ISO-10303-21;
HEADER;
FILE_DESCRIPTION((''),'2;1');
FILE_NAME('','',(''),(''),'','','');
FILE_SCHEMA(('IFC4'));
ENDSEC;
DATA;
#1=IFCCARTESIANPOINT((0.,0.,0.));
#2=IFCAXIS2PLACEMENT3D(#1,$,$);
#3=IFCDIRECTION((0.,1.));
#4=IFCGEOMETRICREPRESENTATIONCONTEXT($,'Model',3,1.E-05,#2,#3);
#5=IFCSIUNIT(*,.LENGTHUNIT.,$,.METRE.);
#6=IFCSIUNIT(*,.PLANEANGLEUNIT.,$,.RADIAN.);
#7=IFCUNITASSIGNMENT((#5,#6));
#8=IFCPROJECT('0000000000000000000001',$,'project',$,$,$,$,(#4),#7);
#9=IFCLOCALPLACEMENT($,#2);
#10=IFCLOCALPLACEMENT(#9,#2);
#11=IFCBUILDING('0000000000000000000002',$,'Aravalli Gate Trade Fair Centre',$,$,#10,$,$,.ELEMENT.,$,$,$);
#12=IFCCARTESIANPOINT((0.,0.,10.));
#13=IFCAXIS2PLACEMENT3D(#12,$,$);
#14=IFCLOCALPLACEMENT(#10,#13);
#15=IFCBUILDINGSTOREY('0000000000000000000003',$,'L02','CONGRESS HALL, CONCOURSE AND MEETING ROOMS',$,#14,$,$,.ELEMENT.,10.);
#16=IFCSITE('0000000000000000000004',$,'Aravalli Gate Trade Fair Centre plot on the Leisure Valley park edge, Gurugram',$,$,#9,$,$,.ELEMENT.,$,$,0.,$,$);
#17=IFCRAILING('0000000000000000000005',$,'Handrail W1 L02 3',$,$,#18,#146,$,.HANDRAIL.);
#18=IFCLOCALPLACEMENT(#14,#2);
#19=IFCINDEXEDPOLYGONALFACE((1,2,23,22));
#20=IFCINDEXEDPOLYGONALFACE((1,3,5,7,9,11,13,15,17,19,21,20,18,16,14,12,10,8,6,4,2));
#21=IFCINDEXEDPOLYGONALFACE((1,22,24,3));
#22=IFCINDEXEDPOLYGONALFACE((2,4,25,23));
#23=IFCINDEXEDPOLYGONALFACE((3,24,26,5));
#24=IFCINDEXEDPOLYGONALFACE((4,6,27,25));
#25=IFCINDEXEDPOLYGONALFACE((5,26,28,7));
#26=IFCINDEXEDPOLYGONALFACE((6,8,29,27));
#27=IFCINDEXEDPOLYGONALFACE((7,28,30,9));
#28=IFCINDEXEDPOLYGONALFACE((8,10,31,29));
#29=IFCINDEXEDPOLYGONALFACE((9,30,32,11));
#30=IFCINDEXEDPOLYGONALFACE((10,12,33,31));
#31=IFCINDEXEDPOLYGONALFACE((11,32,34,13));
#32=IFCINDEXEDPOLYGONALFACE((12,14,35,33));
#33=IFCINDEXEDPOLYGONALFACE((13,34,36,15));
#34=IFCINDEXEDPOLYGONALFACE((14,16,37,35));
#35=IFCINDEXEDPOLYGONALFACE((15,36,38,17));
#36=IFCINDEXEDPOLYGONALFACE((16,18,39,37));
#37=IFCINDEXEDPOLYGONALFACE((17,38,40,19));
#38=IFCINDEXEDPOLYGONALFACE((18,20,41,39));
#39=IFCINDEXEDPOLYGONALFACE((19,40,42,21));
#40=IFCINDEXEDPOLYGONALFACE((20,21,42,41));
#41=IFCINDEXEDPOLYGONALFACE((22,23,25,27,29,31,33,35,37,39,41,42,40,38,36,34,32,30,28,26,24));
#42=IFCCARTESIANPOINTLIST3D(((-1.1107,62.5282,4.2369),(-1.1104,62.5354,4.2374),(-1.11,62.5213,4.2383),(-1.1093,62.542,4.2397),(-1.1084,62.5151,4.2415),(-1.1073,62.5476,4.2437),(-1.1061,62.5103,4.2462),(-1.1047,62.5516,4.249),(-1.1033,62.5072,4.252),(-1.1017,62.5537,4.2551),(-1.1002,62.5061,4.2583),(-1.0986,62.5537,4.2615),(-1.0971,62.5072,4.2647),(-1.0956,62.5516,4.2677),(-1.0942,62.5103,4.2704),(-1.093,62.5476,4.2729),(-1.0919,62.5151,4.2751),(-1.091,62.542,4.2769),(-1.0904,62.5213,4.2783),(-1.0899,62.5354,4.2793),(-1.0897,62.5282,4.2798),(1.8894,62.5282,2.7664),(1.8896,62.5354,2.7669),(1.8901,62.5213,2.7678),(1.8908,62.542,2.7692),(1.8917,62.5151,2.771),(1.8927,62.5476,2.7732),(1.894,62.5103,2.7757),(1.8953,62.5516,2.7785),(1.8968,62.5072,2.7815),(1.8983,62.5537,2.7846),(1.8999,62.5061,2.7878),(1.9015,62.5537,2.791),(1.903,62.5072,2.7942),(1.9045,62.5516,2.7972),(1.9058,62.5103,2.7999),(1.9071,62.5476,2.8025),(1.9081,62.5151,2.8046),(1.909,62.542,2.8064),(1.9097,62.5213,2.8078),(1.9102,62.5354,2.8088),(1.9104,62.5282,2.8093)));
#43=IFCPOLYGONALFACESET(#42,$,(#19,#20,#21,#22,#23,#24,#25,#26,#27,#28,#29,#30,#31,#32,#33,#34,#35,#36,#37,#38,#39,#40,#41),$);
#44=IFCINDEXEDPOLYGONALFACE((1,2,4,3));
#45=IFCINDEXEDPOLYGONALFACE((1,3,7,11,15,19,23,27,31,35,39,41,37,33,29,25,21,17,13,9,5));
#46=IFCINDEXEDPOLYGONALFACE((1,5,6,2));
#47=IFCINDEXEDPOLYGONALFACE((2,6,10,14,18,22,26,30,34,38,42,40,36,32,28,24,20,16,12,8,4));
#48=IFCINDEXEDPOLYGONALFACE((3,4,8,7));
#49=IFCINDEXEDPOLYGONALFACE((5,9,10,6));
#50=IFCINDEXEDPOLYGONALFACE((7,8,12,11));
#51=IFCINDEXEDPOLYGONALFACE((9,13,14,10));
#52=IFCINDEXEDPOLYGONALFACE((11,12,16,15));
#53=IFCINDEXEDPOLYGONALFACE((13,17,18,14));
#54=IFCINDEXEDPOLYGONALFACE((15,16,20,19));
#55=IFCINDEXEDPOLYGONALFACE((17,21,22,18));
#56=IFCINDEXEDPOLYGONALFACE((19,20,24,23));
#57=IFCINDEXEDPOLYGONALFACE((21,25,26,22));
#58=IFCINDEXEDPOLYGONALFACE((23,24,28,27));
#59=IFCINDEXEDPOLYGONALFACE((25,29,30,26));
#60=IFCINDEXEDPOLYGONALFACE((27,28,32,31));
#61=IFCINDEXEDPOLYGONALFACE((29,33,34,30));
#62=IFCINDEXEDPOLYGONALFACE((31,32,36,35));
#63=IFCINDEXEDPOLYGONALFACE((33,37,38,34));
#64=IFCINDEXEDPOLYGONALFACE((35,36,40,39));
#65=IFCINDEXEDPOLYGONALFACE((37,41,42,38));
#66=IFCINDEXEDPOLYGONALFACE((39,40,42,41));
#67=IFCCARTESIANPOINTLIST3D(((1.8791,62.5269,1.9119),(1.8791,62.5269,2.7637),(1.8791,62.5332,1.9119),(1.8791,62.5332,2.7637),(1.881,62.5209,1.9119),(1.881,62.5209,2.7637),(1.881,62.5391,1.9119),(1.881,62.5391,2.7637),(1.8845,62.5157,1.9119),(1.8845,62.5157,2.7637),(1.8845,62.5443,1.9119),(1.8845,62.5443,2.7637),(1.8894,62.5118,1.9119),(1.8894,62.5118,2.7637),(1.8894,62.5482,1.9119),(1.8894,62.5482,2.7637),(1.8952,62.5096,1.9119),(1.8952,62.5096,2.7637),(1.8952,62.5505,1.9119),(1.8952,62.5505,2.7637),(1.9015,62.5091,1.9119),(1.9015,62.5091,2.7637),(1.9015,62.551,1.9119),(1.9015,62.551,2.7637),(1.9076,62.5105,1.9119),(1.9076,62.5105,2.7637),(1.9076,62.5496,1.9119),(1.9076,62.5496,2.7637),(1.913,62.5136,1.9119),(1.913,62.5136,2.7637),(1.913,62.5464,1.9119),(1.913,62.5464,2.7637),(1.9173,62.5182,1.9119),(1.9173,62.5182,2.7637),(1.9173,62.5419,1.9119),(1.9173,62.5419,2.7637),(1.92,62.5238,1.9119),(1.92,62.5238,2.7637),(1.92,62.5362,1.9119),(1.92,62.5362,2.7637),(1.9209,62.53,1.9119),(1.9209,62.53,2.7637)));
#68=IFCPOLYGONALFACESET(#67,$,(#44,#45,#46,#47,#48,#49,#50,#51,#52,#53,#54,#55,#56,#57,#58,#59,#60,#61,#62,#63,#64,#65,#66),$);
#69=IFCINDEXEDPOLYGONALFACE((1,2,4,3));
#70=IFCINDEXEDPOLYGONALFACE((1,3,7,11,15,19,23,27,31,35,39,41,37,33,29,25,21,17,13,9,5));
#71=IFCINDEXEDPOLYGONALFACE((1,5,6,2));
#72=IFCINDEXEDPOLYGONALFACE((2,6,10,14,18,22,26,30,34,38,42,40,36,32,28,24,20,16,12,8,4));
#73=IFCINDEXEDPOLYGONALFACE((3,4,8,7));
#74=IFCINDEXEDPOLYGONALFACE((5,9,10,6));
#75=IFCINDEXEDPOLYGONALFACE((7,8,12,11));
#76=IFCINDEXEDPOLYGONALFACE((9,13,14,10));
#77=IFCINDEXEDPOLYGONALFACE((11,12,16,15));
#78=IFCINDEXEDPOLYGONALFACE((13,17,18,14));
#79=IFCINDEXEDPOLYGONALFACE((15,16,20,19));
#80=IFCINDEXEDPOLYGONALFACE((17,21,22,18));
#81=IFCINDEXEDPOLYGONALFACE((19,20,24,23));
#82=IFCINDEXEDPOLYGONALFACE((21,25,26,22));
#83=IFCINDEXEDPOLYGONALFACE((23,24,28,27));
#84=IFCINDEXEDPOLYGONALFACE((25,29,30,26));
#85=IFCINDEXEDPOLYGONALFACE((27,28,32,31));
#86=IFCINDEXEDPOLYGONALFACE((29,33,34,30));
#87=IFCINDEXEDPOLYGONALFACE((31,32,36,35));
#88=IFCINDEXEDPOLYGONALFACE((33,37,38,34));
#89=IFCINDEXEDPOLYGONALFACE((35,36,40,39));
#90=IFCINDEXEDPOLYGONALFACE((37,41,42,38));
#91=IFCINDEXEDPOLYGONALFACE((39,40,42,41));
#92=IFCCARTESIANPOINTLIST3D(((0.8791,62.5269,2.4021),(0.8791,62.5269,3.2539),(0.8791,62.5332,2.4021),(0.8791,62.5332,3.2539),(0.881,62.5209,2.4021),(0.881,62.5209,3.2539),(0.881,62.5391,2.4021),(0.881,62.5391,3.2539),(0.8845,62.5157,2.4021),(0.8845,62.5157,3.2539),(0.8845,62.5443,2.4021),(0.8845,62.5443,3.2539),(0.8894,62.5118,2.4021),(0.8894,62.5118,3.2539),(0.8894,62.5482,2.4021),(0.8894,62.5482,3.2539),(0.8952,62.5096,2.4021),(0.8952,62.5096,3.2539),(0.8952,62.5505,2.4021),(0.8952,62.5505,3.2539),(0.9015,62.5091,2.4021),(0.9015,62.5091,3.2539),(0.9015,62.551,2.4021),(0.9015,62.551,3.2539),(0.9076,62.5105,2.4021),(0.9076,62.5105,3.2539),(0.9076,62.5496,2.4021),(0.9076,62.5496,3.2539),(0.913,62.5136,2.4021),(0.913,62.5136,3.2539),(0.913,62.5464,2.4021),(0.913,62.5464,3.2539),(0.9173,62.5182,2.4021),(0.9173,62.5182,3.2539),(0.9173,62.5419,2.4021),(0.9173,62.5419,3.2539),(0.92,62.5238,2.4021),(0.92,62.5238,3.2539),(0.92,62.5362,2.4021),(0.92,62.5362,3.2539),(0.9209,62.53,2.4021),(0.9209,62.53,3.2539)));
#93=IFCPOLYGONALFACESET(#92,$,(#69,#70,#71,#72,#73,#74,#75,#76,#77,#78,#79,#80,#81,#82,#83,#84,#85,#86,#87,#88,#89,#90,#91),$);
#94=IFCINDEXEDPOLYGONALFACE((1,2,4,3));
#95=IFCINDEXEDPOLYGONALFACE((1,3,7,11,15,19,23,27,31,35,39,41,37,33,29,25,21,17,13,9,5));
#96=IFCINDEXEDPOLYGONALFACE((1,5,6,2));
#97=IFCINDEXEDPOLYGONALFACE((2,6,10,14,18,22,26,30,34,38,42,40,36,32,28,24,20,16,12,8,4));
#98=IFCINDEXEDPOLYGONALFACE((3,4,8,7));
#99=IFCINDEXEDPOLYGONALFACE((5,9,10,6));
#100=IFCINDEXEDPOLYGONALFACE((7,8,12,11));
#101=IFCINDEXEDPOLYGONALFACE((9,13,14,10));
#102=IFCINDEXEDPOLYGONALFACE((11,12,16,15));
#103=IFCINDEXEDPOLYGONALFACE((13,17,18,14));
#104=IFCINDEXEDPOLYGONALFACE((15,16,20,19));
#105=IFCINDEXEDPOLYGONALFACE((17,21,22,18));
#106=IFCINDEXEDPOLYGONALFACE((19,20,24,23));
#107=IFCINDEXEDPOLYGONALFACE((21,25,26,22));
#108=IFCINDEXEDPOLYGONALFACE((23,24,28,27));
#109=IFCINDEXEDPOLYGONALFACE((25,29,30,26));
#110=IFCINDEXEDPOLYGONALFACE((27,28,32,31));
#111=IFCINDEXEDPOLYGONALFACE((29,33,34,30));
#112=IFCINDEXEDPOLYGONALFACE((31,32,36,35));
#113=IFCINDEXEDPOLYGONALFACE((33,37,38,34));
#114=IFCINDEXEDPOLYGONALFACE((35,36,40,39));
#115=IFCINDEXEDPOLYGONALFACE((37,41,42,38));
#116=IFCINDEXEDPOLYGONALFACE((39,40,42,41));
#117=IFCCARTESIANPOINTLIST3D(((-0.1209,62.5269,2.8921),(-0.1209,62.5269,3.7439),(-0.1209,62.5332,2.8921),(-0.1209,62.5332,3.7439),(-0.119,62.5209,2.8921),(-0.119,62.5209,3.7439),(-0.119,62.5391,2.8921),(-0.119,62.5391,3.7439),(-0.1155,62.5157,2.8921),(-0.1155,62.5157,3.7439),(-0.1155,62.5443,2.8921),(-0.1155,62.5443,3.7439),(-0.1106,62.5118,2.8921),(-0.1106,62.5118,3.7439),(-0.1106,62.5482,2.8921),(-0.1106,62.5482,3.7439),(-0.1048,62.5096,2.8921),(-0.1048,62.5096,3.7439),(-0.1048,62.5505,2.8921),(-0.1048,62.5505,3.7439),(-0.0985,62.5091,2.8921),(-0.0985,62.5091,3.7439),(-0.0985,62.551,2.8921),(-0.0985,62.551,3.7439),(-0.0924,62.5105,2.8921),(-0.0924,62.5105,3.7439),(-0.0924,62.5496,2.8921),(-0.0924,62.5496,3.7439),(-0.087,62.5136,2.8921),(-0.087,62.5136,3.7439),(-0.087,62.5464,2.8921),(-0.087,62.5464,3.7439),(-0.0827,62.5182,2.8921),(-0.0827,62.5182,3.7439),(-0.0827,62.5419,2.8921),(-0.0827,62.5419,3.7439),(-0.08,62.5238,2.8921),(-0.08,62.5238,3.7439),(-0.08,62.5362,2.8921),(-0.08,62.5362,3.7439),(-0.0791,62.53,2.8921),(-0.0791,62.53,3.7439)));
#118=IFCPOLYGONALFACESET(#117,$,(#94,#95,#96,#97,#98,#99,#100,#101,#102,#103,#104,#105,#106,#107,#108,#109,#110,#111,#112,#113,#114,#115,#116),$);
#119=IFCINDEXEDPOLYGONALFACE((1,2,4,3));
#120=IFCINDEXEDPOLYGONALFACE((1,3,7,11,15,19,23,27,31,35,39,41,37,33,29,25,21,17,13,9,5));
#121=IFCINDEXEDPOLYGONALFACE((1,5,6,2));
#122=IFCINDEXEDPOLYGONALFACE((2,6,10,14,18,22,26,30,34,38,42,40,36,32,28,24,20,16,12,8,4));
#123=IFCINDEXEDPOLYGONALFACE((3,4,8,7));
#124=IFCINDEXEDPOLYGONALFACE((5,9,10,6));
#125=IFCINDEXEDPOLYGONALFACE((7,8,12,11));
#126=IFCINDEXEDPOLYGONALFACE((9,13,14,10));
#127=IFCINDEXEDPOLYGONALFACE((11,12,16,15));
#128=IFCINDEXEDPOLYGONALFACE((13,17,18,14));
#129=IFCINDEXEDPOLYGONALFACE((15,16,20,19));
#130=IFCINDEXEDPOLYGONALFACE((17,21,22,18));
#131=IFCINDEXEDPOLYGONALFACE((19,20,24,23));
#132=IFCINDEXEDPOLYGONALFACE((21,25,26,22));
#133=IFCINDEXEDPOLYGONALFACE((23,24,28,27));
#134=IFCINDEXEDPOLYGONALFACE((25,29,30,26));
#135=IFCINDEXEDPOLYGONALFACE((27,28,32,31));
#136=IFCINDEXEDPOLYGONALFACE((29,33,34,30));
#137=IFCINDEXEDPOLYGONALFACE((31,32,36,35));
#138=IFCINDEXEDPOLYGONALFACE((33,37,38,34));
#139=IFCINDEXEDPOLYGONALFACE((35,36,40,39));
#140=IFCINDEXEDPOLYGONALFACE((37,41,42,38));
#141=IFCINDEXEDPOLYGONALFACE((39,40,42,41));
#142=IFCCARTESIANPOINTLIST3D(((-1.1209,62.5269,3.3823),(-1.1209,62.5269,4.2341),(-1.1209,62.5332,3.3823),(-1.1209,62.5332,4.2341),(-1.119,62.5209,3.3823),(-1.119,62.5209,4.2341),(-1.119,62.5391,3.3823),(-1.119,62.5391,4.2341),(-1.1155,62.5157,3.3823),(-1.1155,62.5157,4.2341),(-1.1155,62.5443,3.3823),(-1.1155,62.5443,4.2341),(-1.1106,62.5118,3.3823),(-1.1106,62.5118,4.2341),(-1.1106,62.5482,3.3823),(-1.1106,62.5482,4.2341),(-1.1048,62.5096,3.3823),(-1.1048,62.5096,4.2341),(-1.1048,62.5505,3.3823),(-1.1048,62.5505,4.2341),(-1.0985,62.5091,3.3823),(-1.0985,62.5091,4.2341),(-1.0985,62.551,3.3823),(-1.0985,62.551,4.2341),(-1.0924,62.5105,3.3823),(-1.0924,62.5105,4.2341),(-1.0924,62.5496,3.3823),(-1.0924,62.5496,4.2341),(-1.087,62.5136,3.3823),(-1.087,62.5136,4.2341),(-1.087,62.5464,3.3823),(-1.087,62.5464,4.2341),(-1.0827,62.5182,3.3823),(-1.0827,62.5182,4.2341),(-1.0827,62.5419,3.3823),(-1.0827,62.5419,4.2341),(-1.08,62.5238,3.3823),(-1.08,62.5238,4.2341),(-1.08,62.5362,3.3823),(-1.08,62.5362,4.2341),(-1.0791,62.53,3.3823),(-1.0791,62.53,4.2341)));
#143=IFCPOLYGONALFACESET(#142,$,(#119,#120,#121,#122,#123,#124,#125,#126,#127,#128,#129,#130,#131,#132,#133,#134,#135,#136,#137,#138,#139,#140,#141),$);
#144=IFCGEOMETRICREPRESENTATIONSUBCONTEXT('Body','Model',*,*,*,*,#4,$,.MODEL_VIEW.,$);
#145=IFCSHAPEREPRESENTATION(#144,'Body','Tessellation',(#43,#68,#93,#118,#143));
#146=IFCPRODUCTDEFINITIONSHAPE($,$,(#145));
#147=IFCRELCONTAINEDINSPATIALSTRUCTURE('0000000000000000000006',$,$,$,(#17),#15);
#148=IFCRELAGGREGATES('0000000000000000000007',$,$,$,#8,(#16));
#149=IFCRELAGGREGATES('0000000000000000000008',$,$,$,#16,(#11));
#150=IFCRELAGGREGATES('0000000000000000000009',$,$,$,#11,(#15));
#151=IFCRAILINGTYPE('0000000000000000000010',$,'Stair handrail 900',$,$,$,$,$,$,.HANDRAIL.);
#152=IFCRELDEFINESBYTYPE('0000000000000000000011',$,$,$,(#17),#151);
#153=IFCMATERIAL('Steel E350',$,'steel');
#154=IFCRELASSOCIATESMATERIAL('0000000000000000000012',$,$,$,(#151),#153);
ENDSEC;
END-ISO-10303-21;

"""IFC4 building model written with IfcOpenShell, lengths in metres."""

from ifc_helpers import new_model, si_unit, direction, frame, origin, origin_2d, place, context, subcontext, project, spatial, circle, extrude, material, type_object, element, save


model = new_model("IFC4")

# Units and contexts
model_context = context("Model", 3, precision=1e-05, world=origin(), true_north=direction((0.0, 1.0)))
body_context = subcontext(model_context, "Body", "Model", "MODEL_VIEW")
ifc_project = project(units=[si_unit("LENGTHUNIT", "METRE"), si_unit("PLANEANGLEUNIT", "RADIAN")], contexts=[model_context])

# Site, building, storey
site_placement = place(None, origin())
site = spatial("IfcSite", under=ifc_project, at=site_placement, Name="Aravalli Gate Trade Fair Centre plot on the Leisure Valley park edge, Gurugram", CompositionType="ELEMENT", RefElevation=0.0)
building_placement = place(site_placement, origin())
building = spatial("IfcBuilding", under=site, at=building_placement, Name="Aravalli Gate Trade Fair Centre", CompositionType="ELEMENT")
storey_placement = place(building_placement, frame((0.0, 0.0, 10.0)))
storey = spatial("IfcBuildingStorey", under=building, at=storey_placement, Name="L02", Description="CONGRESS HALL, CONCOURSE AND MEETING ROOMS", CompositionType="ELEMENT", Elevation=10.0)

# Shared definitions
ifc_material_1 = material(Name="Steel E350", Category="steel")

# Railing
railing_type_1 = type_object("IfcRailingType", Name="Stair handrail 900", PredefinedType="HANDRAIL", material=ifc_material_1)
for number, where, name in (
    (1, (1.8999, 62.53, 1.9119), "Handrail W1 L02 3"),
):
    element("IfcRailing", number, at=place(storey_placement, frame(where)), inside=storey, type_object=railing_type_1, Name=name, PredefinedType="HANDRAIL", context=body_context, shape_type="SweptSolid", body=[
        extrude(circle(Radius=0.0239, at=origin_2d()), frame((0.0, 0.0, 0.876), z_axis=(-0.897936, 0.0, 0.440126), x_axis=(0.0, -1.0, 0.0)), (0.0, 0.0, 1.0), 3.3411),
        extrude(circle(Radius=0.021, at=origin_2d()), origin(), (0.0, 0.0, 1.0), 0.8518),
        extrude(circle(Radius=0.021, at=origin_2d()), frame((-1.0, 0.0, 0.4902)), (0.0, 0.0, 1.0), 0.8518),
        extrude(circle(Radius=0.021, at=origin_2d()), frame((-2.0, 0.0, 0.9802)), (0.0, 0.0, 1.0), 0.8518),
        extrude(circle(Radius=0.021, at=origin_2d()), frame((-3.0, 0.0, 1.4705)), (0.0, 0.0, 1.0), 0.8518),
    ])

save(model, "model.ifc")
